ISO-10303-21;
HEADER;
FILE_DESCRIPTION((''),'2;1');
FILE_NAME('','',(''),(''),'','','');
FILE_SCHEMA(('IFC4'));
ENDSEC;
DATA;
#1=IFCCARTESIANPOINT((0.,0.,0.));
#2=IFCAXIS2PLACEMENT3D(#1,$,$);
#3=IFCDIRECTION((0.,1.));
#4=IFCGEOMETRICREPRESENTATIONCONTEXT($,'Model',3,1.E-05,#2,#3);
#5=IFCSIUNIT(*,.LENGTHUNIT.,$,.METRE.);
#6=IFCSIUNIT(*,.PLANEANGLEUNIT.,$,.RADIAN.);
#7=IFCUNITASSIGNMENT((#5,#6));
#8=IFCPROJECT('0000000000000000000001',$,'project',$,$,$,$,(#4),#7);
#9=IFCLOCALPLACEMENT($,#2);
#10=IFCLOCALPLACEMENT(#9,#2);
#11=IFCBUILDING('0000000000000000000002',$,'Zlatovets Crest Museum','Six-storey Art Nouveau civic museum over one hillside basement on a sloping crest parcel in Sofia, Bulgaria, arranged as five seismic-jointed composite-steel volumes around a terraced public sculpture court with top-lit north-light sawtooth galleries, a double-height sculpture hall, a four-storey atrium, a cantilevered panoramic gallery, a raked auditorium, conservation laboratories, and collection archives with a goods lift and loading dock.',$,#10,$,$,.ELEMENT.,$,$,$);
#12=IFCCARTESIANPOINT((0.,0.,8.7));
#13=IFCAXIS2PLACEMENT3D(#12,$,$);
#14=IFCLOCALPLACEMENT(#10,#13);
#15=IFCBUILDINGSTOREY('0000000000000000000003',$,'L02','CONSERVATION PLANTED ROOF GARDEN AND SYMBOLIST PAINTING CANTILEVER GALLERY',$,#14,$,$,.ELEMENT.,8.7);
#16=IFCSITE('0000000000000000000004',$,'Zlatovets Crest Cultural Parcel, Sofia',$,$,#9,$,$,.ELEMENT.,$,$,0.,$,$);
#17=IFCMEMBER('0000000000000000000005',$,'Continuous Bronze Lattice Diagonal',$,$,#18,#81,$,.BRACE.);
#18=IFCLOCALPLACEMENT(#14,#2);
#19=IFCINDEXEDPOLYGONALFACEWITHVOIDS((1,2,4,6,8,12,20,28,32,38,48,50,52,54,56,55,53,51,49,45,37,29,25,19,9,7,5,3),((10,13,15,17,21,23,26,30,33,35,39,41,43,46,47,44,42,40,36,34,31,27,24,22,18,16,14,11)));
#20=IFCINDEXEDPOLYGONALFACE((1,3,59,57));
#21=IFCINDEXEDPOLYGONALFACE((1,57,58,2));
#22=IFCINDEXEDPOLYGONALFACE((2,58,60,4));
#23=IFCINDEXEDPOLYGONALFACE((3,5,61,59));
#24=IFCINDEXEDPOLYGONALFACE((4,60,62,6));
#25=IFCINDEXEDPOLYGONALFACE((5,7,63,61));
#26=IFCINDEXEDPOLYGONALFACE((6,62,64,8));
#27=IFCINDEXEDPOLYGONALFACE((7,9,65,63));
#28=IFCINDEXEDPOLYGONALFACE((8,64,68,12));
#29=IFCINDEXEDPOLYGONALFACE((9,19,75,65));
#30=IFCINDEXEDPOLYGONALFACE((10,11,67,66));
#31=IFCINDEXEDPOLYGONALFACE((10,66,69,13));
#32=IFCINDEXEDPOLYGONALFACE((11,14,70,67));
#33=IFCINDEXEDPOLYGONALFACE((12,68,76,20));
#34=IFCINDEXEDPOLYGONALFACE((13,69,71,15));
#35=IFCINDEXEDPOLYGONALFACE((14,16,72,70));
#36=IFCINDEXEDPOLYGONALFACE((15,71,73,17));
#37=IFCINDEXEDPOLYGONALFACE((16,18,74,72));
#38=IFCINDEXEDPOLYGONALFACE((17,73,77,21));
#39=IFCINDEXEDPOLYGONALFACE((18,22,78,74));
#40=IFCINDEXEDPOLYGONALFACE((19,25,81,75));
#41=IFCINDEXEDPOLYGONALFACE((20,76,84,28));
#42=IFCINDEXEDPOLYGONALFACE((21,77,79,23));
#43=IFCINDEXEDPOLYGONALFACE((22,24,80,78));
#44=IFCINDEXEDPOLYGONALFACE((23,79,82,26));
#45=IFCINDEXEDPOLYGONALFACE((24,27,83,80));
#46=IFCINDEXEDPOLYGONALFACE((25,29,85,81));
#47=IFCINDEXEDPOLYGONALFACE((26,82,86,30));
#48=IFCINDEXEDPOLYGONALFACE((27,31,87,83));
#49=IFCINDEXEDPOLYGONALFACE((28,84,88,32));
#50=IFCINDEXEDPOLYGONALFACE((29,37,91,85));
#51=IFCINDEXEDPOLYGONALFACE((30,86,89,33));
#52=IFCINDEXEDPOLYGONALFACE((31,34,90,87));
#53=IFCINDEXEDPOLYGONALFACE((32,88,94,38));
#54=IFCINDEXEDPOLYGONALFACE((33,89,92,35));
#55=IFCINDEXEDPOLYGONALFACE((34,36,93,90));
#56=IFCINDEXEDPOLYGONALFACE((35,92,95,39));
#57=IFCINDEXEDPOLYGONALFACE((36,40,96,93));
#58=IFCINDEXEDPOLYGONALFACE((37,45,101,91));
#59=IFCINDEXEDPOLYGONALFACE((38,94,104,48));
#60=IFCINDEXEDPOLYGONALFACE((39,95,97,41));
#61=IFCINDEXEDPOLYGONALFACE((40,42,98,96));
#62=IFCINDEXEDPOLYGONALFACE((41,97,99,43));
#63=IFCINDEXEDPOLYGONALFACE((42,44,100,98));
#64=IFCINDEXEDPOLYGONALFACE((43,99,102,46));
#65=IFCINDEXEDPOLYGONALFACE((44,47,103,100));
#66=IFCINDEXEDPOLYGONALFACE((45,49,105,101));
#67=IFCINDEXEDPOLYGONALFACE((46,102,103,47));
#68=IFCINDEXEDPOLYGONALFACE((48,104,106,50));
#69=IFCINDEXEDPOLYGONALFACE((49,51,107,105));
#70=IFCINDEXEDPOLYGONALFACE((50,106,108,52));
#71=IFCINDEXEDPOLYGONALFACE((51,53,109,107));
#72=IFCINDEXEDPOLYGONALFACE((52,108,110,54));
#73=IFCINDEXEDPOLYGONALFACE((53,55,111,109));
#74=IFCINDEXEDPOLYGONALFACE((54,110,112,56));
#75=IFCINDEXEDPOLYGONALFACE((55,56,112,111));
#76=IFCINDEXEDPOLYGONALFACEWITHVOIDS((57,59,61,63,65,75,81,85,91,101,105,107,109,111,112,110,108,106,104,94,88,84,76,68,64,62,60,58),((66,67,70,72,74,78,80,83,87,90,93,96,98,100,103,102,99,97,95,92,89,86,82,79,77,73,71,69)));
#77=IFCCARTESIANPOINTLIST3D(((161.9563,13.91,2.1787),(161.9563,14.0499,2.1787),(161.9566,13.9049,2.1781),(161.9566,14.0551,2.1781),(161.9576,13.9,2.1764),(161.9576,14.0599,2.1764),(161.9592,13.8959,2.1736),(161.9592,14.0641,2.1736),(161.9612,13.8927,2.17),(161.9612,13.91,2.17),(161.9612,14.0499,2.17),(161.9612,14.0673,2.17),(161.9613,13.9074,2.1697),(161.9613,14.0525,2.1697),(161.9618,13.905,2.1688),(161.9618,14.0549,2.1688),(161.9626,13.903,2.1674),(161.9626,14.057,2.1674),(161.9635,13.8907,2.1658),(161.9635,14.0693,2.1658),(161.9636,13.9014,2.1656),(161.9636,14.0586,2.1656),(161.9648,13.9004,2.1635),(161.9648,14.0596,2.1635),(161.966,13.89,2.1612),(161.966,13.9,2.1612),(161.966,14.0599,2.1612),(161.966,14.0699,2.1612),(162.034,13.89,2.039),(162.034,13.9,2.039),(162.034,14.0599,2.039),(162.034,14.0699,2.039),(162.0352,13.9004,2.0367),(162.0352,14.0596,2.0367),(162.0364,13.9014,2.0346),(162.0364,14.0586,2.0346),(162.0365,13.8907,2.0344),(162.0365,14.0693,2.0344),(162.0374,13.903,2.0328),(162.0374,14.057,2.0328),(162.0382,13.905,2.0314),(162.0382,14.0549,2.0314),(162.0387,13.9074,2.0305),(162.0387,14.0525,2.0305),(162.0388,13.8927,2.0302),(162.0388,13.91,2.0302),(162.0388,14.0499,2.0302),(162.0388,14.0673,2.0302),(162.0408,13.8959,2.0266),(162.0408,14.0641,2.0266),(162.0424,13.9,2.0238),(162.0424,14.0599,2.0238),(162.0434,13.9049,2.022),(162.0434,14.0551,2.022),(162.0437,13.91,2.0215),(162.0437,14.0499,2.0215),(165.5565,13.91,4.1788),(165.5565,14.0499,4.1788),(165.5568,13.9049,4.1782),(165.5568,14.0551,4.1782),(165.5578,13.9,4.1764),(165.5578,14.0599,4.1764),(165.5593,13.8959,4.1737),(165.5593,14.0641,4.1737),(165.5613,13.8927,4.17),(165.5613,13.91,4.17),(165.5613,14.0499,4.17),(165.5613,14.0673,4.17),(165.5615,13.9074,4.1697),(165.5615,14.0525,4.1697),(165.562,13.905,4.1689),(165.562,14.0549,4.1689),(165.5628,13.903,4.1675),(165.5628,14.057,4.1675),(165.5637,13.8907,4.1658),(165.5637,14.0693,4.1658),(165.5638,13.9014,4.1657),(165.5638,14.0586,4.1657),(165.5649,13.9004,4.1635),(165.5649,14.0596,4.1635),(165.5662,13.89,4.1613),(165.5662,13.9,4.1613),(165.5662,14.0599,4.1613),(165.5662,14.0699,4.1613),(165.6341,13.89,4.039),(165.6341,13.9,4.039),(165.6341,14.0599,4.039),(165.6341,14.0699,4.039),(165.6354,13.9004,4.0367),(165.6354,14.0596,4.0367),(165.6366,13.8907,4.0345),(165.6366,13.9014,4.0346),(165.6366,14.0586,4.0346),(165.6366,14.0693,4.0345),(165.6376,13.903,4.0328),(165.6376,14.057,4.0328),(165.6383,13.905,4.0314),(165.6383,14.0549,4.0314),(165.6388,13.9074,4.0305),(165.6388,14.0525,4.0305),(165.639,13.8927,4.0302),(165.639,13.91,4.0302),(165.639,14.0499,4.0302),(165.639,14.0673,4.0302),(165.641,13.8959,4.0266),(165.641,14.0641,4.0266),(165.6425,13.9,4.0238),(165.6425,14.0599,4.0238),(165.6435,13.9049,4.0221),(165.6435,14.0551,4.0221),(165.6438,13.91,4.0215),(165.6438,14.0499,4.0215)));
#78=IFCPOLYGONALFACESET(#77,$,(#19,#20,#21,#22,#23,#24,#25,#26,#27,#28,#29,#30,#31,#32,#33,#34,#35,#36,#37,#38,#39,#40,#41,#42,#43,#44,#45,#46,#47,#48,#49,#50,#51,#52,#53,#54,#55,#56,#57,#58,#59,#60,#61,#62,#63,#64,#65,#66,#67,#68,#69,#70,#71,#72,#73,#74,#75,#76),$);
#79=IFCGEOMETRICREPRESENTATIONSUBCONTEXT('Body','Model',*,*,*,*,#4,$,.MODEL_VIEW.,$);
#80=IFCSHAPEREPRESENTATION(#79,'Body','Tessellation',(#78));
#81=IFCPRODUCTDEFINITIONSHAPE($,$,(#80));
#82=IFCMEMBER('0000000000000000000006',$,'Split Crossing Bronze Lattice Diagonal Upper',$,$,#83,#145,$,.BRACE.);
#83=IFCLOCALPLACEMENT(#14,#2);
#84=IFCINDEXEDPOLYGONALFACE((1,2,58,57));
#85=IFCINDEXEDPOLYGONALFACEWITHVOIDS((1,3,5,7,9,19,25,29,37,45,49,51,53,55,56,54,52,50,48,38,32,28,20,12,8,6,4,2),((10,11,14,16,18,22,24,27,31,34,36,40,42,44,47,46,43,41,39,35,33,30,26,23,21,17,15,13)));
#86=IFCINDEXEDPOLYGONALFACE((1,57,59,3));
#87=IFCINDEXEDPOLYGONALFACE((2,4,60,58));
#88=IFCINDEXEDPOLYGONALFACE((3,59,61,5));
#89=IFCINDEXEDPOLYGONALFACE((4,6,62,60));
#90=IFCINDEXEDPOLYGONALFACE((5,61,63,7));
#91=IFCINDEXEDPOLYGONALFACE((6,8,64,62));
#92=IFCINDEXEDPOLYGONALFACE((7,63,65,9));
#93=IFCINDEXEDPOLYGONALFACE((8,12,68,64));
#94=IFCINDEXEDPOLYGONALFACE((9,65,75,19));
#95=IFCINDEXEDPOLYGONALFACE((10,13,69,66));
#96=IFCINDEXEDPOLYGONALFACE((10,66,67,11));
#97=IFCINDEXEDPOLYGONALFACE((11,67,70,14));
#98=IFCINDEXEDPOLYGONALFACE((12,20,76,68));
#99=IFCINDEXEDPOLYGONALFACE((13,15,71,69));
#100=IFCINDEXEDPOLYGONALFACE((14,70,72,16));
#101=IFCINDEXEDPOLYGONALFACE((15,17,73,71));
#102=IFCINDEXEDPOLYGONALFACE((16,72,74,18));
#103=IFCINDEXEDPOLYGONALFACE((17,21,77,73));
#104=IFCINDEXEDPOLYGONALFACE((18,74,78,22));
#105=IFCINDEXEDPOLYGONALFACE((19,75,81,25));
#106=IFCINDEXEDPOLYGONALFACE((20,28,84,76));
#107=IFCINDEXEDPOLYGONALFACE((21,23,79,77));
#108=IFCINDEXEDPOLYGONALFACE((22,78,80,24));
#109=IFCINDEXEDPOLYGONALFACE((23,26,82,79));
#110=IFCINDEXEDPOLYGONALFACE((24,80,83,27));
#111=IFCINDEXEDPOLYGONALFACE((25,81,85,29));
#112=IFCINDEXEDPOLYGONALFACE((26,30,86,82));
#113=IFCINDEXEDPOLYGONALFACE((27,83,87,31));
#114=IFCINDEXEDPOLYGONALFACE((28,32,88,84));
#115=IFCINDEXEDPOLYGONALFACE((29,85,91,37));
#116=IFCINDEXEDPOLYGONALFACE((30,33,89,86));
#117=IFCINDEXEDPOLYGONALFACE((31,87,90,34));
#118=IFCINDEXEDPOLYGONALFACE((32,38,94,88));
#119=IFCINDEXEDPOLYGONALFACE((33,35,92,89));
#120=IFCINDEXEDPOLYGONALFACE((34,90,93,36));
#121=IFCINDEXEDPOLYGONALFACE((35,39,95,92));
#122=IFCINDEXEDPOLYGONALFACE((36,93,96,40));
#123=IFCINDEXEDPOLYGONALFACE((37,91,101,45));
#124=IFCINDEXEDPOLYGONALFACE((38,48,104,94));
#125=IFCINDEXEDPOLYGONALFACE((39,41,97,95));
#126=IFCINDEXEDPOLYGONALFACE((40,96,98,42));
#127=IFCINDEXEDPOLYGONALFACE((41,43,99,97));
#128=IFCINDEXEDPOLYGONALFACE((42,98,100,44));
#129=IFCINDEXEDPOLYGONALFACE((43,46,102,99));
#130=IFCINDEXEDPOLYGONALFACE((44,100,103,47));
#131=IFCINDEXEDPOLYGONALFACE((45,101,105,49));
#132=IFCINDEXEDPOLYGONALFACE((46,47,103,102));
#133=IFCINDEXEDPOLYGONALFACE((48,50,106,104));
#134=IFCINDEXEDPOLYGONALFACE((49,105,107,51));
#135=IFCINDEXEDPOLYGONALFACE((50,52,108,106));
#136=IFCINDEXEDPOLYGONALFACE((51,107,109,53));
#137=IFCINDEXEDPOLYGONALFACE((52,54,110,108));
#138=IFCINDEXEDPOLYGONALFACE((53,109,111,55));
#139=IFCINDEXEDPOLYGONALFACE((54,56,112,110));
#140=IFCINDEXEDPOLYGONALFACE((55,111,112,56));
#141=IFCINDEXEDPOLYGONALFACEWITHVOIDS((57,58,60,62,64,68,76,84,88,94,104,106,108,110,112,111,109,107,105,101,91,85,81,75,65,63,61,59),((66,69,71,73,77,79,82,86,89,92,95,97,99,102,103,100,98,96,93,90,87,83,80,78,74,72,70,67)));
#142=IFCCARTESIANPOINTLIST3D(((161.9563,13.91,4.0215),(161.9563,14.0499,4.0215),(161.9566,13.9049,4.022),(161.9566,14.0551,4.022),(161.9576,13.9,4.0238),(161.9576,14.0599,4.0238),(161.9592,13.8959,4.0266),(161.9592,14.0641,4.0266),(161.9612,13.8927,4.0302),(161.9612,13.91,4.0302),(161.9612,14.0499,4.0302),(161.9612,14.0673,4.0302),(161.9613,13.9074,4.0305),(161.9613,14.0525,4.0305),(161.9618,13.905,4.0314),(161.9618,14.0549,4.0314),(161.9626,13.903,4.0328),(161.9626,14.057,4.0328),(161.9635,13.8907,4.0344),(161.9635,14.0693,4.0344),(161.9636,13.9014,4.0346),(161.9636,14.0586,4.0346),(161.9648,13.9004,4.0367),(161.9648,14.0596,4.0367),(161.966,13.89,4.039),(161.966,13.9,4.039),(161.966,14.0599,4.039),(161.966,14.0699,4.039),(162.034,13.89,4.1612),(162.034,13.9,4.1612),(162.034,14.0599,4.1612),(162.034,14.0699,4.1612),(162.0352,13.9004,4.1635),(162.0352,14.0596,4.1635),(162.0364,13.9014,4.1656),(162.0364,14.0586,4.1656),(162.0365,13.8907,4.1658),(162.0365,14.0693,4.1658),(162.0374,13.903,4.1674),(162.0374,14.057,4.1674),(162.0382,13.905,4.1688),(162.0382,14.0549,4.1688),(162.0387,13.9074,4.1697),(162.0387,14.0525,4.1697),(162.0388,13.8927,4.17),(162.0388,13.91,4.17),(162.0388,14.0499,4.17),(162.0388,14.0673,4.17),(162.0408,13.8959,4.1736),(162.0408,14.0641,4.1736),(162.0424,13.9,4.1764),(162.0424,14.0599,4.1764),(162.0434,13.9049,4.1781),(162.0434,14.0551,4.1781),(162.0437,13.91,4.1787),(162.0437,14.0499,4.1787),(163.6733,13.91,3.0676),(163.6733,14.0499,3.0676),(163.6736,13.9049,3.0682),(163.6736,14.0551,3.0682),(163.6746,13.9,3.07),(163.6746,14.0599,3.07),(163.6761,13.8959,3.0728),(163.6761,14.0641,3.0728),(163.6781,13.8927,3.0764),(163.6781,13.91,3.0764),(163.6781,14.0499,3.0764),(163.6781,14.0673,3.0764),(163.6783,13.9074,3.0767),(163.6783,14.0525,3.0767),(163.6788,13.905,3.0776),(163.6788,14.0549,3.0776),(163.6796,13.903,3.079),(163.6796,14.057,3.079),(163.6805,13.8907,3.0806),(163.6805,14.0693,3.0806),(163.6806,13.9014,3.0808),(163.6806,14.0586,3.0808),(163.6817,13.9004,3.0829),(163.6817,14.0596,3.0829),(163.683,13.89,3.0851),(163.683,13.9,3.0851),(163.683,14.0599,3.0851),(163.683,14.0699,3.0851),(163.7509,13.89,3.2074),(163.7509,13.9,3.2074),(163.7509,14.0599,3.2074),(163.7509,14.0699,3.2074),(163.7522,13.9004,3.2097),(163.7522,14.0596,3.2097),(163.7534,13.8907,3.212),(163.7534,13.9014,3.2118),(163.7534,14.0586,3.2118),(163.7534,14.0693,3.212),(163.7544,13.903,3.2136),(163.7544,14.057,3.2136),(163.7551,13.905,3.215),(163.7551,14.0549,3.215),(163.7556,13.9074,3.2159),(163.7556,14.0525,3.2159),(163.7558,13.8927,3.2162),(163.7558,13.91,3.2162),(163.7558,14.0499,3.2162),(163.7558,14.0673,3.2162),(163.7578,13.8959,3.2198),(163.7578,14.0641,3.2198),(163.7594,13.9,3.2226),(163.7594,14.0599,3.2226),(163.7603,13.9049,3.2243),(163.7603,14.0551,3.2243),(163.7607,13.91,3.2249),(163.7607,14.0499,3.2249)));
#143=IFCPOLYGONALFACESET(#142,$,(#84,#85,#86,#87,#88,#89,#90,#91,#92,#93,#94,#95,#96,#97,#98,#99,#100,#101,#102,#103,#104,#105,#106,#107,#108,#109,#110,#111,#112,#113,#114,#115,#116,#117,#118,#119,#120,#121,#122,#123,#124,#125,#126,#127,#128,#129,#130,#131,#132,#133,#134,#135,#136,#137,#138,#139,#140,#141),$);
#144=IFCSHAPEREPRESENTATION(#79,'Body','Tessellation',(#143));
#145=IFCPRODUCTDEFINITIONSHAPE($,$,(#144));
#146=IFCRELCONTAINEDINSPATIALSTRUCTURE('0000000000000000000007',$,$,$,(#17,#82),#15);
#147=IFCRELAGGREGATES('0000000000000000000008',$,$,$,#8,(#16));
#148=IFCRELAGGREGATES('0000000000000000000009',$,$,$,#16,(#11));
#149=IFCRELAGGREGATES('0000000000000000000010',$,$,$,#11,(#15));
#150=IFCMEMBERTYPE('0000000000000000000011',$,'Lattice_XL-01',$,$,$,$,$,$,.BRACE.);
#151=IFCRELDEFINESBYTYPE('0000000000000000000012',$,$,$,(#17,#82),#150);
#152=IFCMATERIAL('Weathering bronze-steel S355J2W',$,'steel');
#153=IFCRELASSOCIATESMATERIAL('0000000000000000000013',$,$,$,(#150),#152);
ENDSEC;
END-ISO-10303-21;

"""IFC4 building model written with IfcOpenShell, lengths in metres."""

from ifc_helpers import new_model, si_unit, direction, frame, origin, origin_2d, place, context, subcontext, project, spatial, hollow_rectangle, extrude, material, material_profile, profile_set, type_object, element, save


model = new_model("IFC4")

# Units and contexts
model_context = context("Model", 3, precision=1e-05, world=origin(), true_north=direction((0.0, 1.0)))
body_context = subcontext(model_context, "Body", "Model", "MODEL_VIEW")
ifc_project = project(units=[si_unit("LENGTHUNIT", "METRE"), si_unit("PLANEANGLEUNIT", "RADIAN")], contexts=[model_context])

# Site, building, storey
site_placement = place(None, origin())
site = spatial("IfcSite", under=ifc_project, at=site_placement, Name="Zlatovets Crest Cultural Parcel, Sofia", CompositionType="ELEMENT", RefElevation=0.0)
building_placement = place(site_placement, origin())
building = spatial("IfcBuilding", under=site, at=building_placement, Name="Zlatovets Crest Museum", Description="Six-storey Art Nouveau civic museum over one hillside basement on a sloping crest parcel in Sofia, Bulgaria, arranged as five seismic-jointed composite-steel volumes around a terraced public sculpture court with top-lit north-light sawtooth galleries, a double-height sculpture hall, a four-storey atrium, a cantilevered panoramic gallery, a raked auditorium, conservation laboratories, and collection archives with a goods lift and loading dock.", CompositionType="ELEMENT")
storey_placement = place(building_placement, frame((0.0, 0.0, 8.7)))
storey = spatial("IfcBuildingStorey", under=building, at=storey_placement, Name="L02", Description="CONSERVATION PLANTED ROOF GARDEN AND SYMBOLIST PAINTING CANTILEVER GALLERY", CompositionType="ELEMENT", Elevation=8.7)

# Members
ifc_material_1 = material(Name="Weathering bronze-steel S355J2W", Category="steel")
ifc_material_profile_1 = material_profile(ifc_material_1, hollow_rectangle(XDim=0.1799, YDim=0.1799, WallThickness=0.01, InnerFilletRadius=0.01, OuterFilletRadius=0.02, at=origin_2d()), Name="SHS 180x180x10.0")
ifc_profile_set_1 = profile_set([ifc_material_profile_1], Name="Weathering bronze-steel S355J2W")
member_type_1 = type_object("IfcMemberType", Name="Lattice_XL-01", PredefinedType="BRACE", material=ifc_profile_set_1)
member_1_placement = place(storey_placement, frame((162.0, 13.98, 2.1001), z_axis=(0.874163, 0.0, 0.485633), x_axis=(0.0, 1.0, 0.0)))
element("IfcMember", 1, at=member_1_placement, inside=storey, type_object=member_type_1, Name="Continuous Bronze Lattice Diagonal", PredefinedType="BRACE", context=body_context, shape_type="SweptSolid", body=[
    extrude(hollow_rectangle(XDim=0.1799, YDim=0.1799, WallThickness=0.01, InnerFilletRadius=0.01, OuterFilletRadius=0.02, at=origin_2d()), origin(), (0.0, 0.0, 1.0), 4.1184),
])
for number, where, z_axis, x_axis, name in (
    (2, (162.0, 13.98, 4.1001), (0.874169, 0.0, -0.485622), (0.0, 1.0, 0.0), "Split Crossing Bronze Lattice Diagonal Upper"),
):
    element("IfcMember", number, at=place(storey_placement, frame(where, z_axis=z_axis, x_axis=x_axis)), inside=storey, type_object=member_type_1, Name=name, PredefinedType="BRACE", context=body_context, shape_type="SweptSolid", body=[
        extrude(hollow_rectangle(XDim=0.1799, YDim=0.1799, WallThickness=0.01, InnerFilletRadius=0.01, OuterFilletRadius=0.02, at=origin_2d()), origin(), (0.0, 0.0, 1.0), 1.9641),
    ])

save(model, "model.ifc")
